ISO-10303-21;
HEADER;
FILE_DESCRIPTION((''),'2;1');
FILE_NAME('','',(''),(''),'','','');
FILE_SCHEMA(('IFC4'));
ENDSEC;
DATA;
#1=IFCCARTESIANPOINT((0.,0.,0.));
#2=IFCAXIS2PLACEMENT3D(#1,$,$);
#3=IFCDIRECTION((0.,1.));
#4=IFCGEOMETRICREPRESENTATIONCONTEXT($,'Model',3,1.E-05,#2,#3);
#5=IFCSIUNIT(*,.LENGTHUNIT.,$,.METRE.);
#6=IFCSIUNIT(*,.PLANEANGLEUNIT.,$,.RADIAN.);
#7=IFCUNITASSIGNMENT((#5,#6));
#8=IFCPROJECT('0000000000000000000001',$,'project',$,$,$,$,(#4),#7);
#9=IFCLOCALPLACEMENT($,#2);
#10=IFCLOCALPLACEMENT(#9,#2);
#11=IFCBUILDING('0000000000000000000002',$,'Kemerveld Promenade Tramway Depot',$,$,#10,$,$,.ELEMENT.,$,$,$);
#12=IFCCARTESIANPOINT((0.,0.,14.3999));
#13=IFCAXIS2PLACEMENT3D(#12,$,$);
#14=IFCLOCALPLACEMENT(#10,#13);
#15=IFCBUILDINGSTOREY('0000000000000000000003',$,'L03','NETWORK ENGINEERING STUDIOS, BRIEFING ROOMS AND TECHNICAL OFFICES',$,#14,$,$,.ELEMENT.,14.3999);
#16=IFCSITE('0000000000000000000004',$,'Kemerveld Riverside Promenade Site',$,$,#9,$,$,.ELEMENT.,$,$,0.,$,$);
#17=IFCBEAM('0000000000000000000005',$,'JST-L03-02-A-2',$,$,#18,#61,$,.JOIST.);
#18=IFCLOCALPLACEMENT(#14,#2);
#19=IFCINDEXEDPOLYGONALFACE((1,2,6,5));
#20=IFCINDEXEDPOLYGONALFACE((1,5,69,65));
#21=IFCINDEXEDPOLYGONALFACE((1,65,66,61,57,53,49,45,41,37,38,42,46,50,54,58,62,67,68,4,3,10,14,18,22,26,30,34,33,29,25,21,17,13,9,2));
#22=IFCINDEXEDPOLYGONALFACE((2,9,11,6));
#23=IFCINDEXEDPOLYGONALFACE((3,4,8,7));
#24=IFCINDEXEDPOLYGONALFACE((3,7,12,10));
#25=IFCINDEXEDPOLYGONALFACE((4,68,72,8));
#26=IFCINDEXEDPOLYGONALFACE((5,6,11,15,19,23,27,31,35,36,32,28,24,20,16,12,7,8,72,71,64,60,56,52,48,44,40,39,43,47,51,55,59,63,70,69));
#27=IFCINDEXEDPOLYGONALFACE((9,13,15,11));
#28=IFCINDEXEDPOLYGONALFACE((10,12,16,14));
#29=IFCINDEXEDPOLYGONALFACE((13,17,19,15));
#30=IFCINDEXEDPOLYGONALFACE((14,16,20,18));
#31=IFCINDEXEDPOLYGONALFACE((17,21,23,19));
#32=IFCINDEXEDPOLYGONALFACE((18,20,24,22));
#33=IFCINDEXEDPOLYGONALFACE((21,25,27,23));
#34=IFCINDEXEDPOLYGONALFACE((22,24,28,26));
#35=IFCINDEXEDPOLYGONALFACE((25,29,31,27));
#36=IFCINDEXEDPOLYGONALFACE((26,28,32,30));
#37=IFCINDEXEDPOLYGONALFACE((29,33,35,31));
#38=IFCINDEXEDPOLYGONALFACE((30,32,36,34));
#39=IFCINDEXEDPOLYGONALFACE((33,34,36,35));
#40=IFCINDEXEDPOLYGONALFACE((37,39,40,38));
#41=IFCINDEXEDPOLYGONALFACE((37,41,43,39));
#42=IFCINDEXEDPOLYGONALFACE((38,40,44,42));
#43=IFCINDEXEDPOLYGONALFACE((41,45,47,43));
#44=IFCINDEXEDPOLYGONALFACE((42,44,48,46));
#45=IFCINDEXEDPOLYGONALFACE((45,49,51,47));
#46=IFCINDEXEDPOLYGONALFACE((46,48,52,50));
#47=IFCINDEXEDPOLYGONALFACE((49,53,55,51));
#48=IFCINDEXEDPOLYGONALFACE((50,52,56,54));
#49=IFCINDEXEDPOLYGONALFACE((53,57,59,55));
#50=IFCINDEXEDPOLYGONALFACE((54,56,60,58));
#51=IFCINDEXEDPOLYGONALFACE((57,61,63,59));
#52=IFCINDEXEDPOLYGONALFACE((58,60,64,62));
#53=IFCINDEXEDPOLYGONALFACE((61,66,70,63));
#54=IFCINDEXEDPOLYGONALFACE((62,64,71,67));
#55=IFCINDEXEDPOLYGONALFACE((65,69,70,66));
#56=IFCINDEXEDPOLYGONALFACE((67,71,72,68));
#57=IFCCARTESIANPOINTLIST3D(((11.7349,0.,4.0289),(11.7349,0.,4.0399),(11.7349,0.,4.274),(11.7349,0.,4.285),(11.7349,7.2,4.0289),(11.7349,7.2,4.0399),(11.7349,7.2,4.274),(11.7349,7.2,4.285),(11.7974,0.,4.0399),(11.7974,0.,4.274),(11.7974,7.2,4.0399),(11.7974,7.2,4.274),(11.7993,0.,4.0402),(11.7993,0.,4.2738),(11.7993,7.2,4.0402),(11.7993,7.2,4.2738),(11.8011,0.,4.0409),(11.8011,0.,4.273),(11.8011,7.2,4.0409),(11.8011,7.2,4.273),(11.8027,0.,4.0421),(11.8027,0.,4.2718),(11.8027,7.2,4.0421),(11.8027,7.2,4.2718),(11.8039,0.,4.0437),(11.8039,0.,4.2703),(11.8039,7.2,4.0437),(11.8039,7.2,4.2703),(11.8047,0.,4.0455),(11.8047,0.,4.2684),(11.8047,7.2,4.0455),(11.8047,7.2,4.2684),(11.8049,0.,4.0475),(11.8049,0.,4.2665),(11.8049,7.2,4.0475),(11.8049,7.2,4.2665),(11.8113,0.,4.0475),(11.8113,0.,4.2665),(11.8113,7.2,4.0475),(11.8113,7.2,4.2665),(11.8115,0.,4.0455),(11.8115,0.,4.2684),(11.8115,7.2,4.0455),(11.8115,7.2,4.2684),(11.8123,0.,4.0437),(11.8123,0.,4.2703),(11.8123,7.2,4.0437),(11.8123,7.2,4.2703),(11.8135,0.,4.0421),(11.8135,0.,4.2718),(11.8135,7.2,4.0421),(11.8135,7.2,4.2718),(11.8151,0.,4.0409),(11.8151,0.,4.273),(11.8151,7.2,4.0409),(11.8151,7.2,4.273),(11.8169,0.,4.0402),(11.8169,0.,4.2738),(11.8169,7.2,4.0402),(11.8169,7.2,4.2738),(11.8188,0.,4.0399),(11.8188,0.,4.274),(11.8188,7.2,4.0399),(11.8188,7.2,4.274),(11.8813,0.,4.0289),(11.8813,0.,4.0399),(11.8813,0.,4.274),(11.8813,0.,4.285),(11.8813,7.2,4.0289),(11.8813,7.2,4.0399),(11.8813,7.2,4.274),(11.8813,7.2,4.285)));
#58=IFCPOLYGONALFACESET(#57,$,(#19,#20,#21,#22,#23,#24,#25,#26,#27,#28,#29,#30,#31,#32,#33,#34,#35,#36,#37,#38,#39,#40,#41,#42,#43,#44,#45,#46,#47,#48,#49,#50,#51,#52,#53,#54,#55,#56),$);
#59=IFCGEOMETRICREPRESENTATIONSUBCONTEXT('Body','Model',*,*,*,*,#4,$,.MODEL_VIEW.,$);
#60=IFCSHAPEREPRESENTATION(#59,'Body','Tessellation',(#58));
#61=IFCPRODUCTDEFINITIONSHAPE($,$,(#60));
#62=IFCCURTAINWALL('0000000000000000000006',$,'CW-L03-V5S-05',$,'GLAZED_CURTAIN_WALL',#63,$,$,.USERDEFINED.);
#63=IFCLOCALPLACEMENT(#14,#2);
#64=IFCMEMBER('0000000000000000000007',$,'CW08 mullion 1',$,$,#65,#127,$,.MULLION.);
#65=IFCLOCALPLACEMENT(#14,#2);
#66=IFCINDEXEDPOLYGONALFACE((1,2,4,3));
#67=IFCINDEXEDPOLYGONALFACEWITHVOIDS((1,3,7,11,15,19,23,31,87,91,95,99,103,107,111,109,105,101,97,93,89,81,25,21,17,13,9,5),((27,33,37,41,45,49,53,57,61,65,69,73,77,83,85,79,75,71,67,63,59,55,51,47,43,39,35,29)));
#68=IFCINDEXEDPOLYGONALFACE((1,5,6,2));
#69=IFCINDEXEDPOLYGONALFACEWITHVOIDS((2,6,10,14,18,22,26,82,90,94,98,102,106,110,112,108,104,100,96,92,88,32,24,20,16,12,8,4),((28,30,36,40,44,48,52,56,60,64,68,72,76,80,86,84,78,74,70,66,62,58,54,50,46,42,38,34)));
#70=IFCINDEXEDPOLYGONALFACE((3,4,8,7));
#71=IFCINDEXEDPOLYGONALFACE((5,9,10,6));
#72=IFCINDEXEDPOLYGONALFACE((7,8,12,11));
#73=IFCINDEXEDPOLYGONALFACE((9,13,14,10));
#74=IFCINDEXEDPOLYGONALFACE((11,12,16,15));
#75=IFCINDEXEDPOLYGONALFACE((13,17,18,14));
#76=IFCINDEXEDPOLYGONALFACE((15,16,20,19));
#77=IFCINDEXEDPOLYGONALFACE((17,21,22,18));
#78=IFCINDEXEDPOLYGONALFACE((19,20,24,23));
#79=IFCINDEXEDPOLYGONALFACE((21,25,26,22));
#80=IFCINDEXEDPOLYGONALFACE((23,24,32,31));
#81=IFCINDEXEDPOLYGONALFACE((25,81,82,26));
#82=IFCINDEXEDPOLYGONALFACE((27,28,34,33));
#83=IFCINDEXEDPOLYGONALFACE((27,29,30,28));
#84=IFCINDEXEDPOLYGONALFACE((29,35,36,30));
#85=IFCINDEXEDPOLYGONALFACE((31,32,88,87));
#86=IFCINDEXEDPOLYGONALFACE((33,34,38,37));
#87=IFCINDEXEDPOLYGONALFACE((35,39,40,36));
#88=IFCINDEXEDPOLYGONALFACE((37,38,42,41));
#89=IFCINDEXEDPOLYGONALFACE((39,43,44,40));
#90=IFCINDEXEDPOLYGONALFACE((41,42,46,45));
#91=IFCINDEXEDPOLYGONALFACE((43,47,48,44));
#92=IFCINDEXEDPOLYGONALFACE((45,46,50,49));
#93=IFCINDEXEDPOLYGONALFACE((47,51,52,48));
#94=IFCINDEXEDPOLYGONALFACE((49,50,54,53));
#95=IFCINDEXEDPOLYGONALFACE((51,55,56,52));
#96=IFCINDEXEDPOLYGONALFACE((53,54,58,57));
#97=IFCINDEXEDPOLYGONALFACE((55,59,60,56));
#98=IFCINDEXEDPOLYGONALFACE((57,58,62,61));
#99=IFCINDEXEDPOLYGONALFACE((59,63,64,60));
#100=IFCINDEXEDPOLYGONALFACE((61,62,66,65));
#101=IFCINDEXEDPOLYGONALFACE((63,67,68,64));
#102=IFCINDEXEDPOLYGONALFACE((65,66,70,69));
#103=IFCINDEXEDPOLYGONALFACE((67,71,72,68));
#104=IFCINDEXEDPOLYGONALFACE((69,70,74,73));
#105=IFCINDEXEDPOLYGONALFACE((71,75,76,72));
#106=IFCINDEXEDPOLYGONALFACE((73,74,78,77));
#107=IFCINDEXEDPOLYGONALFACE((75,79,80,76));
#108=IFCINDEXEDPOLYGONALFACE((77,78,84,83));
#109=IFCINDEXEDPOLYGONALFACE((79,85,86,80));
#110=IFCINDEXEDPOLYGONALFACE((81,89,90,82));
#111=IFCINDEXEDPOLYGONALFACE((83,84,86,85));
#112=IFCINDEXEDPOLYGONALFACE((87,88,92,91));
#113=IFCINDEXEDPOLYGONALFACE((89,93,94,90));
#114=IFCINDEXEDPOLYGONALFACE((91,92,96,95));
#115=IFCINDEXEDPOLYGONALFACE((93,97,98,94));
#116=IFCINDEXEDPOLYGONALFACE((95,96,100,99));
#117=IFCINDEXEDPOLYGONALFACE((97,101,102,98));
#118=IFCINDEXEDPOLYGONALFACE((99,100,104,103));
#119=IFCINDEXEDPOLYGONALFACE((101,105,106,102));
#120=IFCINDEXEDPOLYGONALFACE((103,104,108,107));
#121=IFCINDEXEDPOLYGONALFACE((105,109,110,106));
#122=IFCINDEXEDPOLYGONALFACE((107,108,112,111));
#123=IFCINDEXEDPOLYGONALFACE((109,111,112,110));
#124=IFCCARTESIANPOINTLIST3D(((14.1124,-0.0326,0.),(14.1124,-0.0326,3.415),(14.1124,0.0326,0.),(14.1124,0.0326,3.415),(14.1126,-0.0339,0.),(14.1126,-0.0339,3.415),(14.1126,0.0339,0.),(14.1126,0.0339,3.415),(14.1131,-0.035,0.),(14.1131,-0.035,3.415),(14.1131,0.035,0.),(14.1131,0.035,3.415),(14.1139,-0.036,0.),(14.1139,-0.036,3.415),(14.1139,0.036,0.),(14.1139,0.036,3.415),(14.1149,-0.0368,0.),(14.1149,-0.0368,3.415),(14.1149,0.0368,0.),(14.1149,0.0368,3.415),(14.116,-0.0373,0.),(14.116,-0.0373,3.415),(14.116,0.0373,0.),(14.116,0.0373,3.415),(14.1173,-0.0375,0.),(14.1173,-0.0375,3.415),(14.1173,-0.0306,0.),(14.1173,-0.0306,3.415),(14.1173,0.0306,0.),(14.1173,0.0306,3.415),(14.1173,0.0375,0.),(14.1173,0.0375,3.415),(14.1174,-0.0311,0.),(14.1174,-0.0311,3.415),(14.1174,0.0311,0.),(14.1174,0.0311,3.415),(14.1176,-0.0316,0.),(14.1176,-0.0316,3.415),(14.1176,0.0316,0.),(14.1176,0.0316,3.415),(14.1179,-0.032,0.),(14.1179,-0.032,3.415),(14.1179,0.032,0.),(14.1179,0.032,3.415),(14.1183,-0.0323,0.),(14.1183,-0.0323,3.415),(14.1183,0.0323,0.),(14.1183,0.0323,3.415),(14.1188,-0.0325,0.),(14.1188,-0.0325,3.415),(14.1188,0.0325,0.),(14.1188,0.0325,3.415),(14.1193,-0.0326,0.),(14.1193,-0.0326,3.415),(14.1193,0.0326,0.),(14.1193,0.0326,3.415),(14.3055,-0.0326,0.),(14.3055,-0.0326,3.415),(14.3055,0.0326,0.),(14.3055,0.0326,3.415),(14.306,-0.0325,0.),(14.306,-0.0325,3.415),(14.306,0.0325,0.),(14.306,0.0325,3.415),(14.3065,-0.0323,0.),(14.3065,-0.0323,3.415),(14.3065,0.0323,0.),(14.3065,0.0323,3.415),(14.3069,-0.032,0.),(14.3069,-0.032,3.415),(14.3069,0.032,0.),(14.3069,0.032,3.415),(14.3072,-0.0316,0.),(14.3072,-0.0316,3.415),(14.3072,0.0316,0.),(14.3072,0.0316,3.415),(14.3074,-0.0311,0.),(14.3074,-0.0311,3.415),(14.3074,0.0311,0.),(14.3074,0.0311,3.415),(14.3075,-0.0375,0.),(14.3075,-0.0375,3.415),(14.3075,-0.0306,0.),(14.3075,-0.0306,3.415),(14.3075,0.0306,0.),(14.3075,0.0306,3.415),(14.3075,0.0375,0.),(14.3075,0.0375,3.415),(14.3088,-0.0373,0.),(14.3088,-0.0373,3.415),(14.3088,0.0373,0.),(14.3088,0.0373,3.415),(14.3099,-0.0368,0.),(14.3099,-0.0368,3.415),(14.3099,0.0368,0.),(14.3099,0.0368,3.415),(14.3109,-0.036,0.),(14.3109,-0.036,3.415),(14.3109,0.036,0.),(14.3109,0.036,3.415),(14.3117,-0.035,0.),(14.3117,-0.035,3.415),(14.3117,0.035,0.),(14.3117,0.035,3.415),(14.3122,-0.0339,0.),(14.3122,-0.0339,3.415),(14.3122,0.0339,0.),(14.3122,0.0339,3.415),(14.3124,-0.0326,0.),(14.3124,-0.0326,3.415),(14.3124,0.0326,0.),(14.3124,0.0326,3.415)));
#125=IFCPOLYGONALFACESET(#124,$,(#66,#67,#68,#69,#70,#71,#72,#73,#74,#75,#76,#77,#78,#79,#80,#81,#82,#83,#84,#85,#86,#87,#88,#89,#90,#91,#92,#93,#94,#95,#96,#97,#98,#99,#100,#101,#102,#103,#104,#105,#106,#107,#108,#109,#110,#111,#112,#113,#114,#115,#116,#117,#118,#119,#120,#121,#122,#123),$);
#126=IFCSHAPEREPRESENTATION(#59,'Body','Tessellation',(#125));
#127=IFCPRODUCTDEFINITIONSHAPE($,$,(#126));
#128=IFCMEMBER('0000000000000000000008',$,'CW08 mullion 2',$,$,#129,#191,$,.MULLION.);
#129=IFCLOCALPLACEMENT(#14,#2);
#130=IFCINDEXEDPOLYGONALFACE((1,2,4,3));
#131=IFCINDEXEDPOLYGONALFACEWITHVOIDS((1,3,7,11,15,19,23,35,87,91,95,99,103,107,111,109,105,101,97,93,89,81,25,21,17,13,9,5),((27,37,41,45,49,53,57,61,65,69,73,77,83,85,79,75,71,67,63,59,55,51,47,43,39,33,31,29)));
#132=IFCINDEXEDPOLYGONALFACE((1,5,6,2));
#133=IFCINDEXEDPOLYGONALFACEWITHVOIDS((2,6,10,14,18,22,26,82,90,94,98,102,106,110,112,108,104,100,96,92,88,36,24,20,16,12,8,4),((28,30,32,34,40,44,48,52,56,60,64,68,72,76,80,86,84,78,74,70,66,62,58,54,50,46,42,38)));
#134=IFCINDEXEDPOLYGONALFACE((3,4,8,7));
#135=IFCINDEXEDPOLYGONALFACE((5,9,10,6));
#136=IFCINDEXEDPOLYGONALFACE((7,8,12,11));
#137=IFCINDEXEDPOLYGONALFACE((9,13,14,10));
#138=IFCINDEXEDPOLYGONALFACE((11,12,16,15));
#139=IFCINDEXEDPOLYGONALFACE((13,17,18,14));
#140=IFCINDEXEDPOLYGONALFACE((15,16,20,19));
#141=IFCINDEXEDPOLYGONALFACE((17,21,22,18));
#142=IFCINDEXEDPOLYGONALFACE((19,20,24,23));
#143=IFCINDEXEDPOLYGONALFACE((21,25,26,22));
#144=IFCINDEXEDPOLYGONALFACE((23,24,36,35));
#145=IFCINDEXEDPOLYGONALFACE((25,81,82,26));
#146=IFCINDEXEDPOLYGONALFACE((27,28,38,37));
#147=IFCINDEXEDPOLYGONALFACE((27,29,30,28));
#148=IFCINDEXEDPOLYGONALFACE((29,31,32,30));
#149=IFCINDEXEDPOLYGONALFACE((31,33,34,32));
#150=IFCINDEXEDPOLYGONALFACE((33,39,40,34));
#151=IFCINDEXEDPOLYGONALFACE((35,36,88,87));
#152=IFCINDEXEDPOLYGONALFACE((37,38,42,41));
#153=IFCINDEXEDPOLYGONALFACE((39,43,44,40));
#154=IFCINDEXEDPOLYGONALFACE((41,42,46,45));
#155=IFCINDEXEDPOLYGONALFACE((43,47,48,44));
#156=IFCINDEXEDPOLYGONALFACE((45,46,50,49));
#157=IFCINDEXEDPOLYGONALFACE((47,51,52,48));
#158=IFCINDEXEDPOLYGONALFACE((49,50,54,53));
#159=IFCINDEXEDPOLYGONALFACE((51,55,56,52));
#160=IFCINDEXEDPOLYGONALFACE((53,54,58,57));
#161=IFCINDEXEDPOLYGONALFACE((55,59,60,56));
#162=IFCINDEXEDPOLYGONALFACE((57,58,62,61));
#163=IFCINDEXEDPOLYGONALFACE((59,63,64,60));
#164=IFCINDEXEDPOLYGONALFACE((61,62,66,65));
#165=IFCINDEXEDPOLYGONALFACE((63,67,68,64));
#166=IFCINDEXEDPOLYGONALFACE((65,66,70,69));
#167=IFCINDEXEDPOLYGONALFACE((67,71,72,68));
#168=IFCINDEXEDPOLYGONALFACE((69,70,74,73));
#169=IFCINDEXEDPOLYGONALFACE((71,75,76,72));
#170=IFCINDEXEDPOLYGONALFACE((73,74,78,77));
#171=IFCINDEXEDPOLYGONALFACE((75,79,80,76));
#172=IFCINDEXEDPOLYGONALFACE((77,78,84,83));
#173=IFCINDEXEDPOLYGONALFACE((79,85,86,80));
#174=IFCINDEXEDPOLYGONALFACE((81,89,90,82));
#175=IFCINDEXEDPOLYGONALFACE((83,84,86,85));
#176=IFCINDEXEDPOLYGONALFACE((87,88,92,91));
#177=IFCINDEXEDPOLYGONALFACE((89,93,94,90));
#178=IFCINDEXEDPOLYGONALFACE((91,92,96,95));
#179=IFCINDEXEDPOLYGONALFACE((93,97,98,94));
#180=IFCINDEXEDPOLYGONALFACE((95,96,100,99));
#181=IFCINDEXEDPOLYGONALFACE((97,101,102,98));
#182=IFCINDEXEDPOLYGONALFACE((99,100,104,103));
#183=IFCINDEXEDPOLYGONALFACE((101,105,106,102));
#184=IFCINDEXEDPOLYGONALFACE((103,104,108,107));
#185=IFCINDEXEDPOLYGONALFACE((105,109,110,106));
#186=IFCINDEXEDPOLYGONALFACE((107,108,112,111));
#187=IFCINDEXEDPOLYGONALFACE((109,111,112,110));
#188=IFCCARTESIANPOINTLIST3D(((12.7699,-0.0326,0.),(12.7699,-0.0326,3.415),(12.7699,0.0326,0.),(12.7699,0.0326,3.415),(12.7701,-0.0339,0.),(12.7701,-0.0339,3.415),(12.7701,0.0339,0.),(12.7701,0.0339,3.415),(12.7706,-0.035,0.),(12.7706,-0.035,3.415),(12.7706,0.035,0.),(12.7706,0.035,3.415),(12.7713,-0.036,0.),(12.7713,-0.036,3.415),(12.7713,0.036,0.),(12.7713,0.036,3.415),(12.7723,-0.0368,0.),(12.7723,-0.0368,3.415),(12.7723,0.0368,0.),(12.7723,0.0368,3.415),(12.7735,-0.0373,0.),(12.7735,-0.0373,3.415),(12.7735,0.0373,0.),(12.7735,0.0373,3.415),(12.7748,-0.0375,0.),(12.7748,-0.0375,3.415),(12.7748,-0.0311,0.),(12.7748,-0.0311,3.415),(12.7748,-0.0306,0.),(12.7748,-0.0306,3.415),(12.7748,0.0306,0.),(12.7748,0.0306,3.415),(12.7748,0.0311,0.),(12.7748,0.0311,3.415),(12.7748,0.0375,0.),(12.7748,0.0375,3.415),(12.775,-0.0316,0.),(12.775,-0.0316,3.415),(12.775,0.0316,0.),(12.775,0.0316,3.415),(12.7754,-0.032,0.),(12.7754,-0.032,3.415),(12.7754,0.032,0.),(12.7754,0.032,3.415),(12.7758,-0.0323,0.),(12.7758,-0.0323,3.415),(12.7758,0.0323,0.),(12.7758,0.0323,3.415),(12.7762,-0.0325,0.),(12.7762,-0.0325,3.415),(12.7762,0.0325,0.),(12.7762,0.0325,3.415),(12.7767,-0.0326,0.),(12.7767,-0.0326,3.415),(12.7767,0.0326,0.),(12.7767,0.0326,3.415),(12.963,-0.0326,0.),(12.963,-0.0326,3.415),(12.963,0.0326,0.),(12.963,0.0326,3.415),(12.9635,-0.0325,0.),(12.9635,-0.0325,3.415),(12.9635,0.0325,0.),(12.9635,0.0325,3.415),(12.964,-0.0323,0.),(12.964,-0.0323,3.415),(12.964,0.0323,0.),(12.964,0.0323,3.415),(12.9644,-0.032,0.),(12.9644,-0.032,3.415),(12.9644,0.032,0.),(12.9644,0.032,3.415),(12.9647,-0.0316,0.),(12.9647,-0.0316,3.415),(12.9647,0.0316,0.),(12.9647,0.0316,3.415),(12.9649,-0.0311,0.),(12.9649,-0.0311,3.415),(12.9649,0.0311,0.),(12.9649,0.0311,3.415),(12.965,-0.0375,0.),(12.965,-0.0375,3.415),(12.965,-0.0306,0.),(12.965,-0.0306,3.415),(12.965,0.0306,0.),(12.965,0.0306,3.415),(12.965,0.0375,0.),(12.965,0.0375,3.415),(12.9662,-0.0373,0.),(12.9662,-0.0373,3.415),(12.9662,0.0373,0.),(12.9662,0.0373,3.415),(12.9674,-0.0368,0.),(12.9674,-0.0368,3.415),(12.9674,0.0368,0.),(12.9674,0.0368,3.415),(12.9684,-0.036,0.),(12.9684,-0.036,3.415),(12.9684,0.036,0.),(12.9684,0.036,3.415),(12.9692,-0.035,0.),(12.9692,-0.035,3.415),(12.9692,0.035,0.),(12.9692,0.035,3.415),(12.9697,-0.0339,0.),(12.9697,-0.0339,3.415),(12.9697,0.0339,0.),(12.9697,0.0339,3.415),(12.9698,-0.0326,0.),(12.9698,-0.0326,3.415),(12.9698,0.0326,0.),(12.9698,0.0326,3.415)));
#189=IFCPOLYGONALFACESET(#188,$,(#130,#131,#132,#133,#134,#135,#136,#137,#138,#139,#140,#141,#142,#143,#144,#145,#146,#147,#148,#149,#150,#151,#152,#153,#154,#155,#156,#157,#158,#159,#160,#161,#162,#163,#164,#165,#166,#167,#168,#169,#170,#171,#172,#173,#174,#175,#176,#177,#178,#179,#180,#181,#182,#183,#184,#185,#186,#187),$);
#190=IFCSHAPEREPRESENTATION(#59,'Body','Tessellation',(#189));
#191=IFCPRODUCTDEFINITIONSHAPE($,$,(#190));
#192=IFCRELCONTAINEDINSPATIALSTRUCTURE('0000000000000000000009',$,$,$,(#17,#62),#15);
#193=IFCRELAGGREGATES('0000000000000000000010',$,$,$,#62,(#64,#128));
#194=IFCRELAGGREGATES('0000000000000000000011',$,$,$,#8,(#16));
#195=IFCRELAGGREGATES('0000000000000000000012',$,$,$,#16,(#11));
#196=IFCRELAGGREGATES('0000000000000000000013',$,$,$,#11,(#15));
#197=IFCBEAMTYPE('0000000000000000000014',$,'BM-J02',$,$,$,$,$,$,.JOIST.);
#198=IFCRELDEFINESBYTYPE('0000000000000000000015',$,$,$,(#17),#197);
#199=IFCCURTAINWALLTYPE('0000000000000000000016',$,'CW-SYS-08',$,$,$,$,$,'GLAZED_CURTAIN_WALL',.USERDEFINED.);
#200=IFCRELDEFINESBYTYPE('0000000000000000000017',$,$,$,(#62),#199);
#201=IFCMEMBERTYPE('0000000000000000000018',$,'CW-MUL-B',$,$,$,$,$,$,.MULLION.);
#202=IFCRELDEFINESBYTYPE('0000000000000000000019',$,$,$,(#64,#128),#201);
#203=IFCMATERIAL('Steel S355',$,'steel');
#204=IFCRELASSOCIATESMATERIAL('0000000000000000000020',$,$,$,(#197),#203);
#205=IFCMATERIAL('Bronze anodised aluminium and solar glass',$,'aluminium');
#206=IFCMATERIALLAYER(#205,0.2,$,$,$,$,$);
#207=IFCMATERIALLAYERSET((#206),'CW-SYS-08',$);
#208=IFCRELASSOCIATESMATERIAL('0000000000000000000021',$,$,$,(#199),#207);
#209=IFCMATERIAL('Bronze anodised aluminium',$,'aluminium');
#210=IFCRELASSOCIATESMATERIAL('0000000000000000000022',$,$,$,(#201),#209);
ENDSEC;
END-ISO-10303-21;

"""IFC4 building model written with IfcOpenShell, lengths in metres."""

from ifc_helpers import new_model, si_unit, direction, frame, origin, origin_2d, place, context, subcontext, project, spatial, hollow_rectangle, i_section, extrude, material, layer, layer_set, material_profile, profile_set, type_object, element, aggregate, save


model = new_model("IFC4")

# Units and contexts
model_context = context("Model", 3, precision=1e-05, world=origin(), true_north=direction((0.0, 1.0)))
body_context = subcontext(model_context, "Body", "Model", "MODEL_VIEW")
ifc_project = project(units=[si_unit("LENGTHUNIT", "METRE"), si_unit("PLANEANGLEUNIT", "RADIAN")], contexts=[model_context])

# Site, building, storey
site_placement = place(None, origin())
site = spatial("IfcSite", under=ifc_project, at=site_placement, Name="Kemerveld Riverside Promenade Site", CompositionType="ELEMENT", RefElevation=0.0)
building_placement = place(site_placement, origin())
building = spatial("IfcBuilding", under=site, at=building_placement, Name="Kemerveld Promenade Tramway Depot", CompositionType="ELEMENT")
storey_placement = place(building_placement, frame((0.0, 0.0, 14.3999)))
storey = spatial("IfcBuildingStorey", under=building, at=storey_placement, Name="L03", Description="NETWORK ENGINEERING STUDIOS, BRIEFING ROOMS AND TECHNICAL OFFICES", CompositionType="ELEMENT", Elevation=14.3999)

# Shared definitions
ifc_material_1 = material(Name="Steel S355", Category="steel")

# Beam
ifc_material_profile_1 = material_profile(ifc_material_1, i_section(OverallWidth=0.1465, OverallDepth=0.2561, WebThickness=0.0063, FlangeThickness=0.011, FilletRadius=0.0076, at=origin_2d()), Name="254x146x37 UB")
ifc_profile_set_1 = profile_set([ifc_material_profile_1], Name="Steel S355")
beam_type_1 = type_object("IfcBeamType", Name="BM-J02", PredefinedType="JOIST", material=ifc_profile_set_1)
beam_1_placement = place(storey_placement, frame((11.8081, 0.0, 4.157), z_axis=(0.0, 1.0, 0.0), x_axis=(-1.0, 0.0, 0.0)))
element("IfcBeam", 1, at=beam_1_placement, inside=storey, type_object=beam_type_1, Name="JST-L03-02-A-2", PredefinedType="JOIST", context=body_context, shape_type="SweptSolid", body=[
    extrude(i_section(OverallWidth=0.1465, OverallDepth=0.2561, WebThickness=0.0063, FlangeThickness=0.011, FilletRadius=0.0076, at=origin_2d()), origin(), (0.0, 0.0, 1.0), 7.2),
])

# Curtain wall, members
ifc_material_2 = material(Name="Bronze anodised aluminium and solar glass", Category="aluminium")
ifc_layer_1 = layer(ifc_material_2, 0.2)
ifc_layer_set_1 = layer_set([ifc_layer_1], Name="CW-SYS-08")
curtain_wall_type = type_object("IfcCurtainWallType", Name="CW-SYS-08", ElementType="GLAZED_CURTAIN_WALL", PredefinedType="USERDEFINED", material=ifc_layer_set_1)
curtain_wall_placement = place(storey_placement, origin())
curtain_wall = element("IfcCurtainWall", 2, at=curtain_wall_placement, inside=storey, type_object=curtain_wall_type, Name="CW-L03-V5S-05", ObjectType="GLAZED_CURTAIN_WALL", PredefinedType="USERDEFINED")
ifc_material_3 = material(Name="Bronze anodised aluminium", Category="aluminium")
ifc_material_profile_2 = material_profile(ifc_material_3, hollow_rectangle(XDim=0.075, YDim=0.2, WallThickness=0.0049, InnerFilletRadius=0.002, OuterFilletRadius=0.0049, at=origin_2d()), Name="CW-MUL-200x75")
ifc_profile_set_2 = profile_set([ifc_material_profile_2], Name="Bronze anodised aluminium")
member_type_1 = type_object("IfcMemberType", Name="CW-MUL-B", PredefinedType="MULLION", material=ifc_profile_set_2)
member_1_placement = place(storey_placement, frame((14.2124, 0.0, 0.0), z_axis=(0.0, 0.0, 1.0), x_axis=(0.0, -1.0, 0.0)))
member_1 = element("IfcMember", 3, at=member_1_placement, type_object=member_type_1, Name="CW08 mullion 1", PredefinedType="MULLION", context=body_context, shape_type="SweptSolid", body=[
    extrude(hollow_rectangle(XDim=0.075, YDim=0.2, WallThickness=0.0049, InnerFilletRadius=0.002, OuterFilletRadius=0.0049, at=origin_2d()), origin(), (0.0, 0.0, 1.0), 3.415),
])
member_2_placement = place(storey_placement, frame((12.8699, 0.0, 0.0), z_axis=(0.0, 0.0, 1.0), x_axis=(0.0, -1.0, 0.0)))
member_2 = element("IfcMember", 4, at=member_2_placement, type_object=member_type_1, Name="CW08 mullion 2", PredefinedType="MULLION", context=body_context, shape_type="SweptSolid", body=[
    extrude(hollow_rectangle(XDim=0.075, YDim=0.2, WallThickness=0.0049, InnerFilletRadius=0.002, OuterFilletRadius=0.0049, at=origin_2d()), origin(), (0.0, 0.0, 1.0), 3.415),
])
aggregate(curtain_wall, [member_1, member_2])

save(model, "model.ifc")
